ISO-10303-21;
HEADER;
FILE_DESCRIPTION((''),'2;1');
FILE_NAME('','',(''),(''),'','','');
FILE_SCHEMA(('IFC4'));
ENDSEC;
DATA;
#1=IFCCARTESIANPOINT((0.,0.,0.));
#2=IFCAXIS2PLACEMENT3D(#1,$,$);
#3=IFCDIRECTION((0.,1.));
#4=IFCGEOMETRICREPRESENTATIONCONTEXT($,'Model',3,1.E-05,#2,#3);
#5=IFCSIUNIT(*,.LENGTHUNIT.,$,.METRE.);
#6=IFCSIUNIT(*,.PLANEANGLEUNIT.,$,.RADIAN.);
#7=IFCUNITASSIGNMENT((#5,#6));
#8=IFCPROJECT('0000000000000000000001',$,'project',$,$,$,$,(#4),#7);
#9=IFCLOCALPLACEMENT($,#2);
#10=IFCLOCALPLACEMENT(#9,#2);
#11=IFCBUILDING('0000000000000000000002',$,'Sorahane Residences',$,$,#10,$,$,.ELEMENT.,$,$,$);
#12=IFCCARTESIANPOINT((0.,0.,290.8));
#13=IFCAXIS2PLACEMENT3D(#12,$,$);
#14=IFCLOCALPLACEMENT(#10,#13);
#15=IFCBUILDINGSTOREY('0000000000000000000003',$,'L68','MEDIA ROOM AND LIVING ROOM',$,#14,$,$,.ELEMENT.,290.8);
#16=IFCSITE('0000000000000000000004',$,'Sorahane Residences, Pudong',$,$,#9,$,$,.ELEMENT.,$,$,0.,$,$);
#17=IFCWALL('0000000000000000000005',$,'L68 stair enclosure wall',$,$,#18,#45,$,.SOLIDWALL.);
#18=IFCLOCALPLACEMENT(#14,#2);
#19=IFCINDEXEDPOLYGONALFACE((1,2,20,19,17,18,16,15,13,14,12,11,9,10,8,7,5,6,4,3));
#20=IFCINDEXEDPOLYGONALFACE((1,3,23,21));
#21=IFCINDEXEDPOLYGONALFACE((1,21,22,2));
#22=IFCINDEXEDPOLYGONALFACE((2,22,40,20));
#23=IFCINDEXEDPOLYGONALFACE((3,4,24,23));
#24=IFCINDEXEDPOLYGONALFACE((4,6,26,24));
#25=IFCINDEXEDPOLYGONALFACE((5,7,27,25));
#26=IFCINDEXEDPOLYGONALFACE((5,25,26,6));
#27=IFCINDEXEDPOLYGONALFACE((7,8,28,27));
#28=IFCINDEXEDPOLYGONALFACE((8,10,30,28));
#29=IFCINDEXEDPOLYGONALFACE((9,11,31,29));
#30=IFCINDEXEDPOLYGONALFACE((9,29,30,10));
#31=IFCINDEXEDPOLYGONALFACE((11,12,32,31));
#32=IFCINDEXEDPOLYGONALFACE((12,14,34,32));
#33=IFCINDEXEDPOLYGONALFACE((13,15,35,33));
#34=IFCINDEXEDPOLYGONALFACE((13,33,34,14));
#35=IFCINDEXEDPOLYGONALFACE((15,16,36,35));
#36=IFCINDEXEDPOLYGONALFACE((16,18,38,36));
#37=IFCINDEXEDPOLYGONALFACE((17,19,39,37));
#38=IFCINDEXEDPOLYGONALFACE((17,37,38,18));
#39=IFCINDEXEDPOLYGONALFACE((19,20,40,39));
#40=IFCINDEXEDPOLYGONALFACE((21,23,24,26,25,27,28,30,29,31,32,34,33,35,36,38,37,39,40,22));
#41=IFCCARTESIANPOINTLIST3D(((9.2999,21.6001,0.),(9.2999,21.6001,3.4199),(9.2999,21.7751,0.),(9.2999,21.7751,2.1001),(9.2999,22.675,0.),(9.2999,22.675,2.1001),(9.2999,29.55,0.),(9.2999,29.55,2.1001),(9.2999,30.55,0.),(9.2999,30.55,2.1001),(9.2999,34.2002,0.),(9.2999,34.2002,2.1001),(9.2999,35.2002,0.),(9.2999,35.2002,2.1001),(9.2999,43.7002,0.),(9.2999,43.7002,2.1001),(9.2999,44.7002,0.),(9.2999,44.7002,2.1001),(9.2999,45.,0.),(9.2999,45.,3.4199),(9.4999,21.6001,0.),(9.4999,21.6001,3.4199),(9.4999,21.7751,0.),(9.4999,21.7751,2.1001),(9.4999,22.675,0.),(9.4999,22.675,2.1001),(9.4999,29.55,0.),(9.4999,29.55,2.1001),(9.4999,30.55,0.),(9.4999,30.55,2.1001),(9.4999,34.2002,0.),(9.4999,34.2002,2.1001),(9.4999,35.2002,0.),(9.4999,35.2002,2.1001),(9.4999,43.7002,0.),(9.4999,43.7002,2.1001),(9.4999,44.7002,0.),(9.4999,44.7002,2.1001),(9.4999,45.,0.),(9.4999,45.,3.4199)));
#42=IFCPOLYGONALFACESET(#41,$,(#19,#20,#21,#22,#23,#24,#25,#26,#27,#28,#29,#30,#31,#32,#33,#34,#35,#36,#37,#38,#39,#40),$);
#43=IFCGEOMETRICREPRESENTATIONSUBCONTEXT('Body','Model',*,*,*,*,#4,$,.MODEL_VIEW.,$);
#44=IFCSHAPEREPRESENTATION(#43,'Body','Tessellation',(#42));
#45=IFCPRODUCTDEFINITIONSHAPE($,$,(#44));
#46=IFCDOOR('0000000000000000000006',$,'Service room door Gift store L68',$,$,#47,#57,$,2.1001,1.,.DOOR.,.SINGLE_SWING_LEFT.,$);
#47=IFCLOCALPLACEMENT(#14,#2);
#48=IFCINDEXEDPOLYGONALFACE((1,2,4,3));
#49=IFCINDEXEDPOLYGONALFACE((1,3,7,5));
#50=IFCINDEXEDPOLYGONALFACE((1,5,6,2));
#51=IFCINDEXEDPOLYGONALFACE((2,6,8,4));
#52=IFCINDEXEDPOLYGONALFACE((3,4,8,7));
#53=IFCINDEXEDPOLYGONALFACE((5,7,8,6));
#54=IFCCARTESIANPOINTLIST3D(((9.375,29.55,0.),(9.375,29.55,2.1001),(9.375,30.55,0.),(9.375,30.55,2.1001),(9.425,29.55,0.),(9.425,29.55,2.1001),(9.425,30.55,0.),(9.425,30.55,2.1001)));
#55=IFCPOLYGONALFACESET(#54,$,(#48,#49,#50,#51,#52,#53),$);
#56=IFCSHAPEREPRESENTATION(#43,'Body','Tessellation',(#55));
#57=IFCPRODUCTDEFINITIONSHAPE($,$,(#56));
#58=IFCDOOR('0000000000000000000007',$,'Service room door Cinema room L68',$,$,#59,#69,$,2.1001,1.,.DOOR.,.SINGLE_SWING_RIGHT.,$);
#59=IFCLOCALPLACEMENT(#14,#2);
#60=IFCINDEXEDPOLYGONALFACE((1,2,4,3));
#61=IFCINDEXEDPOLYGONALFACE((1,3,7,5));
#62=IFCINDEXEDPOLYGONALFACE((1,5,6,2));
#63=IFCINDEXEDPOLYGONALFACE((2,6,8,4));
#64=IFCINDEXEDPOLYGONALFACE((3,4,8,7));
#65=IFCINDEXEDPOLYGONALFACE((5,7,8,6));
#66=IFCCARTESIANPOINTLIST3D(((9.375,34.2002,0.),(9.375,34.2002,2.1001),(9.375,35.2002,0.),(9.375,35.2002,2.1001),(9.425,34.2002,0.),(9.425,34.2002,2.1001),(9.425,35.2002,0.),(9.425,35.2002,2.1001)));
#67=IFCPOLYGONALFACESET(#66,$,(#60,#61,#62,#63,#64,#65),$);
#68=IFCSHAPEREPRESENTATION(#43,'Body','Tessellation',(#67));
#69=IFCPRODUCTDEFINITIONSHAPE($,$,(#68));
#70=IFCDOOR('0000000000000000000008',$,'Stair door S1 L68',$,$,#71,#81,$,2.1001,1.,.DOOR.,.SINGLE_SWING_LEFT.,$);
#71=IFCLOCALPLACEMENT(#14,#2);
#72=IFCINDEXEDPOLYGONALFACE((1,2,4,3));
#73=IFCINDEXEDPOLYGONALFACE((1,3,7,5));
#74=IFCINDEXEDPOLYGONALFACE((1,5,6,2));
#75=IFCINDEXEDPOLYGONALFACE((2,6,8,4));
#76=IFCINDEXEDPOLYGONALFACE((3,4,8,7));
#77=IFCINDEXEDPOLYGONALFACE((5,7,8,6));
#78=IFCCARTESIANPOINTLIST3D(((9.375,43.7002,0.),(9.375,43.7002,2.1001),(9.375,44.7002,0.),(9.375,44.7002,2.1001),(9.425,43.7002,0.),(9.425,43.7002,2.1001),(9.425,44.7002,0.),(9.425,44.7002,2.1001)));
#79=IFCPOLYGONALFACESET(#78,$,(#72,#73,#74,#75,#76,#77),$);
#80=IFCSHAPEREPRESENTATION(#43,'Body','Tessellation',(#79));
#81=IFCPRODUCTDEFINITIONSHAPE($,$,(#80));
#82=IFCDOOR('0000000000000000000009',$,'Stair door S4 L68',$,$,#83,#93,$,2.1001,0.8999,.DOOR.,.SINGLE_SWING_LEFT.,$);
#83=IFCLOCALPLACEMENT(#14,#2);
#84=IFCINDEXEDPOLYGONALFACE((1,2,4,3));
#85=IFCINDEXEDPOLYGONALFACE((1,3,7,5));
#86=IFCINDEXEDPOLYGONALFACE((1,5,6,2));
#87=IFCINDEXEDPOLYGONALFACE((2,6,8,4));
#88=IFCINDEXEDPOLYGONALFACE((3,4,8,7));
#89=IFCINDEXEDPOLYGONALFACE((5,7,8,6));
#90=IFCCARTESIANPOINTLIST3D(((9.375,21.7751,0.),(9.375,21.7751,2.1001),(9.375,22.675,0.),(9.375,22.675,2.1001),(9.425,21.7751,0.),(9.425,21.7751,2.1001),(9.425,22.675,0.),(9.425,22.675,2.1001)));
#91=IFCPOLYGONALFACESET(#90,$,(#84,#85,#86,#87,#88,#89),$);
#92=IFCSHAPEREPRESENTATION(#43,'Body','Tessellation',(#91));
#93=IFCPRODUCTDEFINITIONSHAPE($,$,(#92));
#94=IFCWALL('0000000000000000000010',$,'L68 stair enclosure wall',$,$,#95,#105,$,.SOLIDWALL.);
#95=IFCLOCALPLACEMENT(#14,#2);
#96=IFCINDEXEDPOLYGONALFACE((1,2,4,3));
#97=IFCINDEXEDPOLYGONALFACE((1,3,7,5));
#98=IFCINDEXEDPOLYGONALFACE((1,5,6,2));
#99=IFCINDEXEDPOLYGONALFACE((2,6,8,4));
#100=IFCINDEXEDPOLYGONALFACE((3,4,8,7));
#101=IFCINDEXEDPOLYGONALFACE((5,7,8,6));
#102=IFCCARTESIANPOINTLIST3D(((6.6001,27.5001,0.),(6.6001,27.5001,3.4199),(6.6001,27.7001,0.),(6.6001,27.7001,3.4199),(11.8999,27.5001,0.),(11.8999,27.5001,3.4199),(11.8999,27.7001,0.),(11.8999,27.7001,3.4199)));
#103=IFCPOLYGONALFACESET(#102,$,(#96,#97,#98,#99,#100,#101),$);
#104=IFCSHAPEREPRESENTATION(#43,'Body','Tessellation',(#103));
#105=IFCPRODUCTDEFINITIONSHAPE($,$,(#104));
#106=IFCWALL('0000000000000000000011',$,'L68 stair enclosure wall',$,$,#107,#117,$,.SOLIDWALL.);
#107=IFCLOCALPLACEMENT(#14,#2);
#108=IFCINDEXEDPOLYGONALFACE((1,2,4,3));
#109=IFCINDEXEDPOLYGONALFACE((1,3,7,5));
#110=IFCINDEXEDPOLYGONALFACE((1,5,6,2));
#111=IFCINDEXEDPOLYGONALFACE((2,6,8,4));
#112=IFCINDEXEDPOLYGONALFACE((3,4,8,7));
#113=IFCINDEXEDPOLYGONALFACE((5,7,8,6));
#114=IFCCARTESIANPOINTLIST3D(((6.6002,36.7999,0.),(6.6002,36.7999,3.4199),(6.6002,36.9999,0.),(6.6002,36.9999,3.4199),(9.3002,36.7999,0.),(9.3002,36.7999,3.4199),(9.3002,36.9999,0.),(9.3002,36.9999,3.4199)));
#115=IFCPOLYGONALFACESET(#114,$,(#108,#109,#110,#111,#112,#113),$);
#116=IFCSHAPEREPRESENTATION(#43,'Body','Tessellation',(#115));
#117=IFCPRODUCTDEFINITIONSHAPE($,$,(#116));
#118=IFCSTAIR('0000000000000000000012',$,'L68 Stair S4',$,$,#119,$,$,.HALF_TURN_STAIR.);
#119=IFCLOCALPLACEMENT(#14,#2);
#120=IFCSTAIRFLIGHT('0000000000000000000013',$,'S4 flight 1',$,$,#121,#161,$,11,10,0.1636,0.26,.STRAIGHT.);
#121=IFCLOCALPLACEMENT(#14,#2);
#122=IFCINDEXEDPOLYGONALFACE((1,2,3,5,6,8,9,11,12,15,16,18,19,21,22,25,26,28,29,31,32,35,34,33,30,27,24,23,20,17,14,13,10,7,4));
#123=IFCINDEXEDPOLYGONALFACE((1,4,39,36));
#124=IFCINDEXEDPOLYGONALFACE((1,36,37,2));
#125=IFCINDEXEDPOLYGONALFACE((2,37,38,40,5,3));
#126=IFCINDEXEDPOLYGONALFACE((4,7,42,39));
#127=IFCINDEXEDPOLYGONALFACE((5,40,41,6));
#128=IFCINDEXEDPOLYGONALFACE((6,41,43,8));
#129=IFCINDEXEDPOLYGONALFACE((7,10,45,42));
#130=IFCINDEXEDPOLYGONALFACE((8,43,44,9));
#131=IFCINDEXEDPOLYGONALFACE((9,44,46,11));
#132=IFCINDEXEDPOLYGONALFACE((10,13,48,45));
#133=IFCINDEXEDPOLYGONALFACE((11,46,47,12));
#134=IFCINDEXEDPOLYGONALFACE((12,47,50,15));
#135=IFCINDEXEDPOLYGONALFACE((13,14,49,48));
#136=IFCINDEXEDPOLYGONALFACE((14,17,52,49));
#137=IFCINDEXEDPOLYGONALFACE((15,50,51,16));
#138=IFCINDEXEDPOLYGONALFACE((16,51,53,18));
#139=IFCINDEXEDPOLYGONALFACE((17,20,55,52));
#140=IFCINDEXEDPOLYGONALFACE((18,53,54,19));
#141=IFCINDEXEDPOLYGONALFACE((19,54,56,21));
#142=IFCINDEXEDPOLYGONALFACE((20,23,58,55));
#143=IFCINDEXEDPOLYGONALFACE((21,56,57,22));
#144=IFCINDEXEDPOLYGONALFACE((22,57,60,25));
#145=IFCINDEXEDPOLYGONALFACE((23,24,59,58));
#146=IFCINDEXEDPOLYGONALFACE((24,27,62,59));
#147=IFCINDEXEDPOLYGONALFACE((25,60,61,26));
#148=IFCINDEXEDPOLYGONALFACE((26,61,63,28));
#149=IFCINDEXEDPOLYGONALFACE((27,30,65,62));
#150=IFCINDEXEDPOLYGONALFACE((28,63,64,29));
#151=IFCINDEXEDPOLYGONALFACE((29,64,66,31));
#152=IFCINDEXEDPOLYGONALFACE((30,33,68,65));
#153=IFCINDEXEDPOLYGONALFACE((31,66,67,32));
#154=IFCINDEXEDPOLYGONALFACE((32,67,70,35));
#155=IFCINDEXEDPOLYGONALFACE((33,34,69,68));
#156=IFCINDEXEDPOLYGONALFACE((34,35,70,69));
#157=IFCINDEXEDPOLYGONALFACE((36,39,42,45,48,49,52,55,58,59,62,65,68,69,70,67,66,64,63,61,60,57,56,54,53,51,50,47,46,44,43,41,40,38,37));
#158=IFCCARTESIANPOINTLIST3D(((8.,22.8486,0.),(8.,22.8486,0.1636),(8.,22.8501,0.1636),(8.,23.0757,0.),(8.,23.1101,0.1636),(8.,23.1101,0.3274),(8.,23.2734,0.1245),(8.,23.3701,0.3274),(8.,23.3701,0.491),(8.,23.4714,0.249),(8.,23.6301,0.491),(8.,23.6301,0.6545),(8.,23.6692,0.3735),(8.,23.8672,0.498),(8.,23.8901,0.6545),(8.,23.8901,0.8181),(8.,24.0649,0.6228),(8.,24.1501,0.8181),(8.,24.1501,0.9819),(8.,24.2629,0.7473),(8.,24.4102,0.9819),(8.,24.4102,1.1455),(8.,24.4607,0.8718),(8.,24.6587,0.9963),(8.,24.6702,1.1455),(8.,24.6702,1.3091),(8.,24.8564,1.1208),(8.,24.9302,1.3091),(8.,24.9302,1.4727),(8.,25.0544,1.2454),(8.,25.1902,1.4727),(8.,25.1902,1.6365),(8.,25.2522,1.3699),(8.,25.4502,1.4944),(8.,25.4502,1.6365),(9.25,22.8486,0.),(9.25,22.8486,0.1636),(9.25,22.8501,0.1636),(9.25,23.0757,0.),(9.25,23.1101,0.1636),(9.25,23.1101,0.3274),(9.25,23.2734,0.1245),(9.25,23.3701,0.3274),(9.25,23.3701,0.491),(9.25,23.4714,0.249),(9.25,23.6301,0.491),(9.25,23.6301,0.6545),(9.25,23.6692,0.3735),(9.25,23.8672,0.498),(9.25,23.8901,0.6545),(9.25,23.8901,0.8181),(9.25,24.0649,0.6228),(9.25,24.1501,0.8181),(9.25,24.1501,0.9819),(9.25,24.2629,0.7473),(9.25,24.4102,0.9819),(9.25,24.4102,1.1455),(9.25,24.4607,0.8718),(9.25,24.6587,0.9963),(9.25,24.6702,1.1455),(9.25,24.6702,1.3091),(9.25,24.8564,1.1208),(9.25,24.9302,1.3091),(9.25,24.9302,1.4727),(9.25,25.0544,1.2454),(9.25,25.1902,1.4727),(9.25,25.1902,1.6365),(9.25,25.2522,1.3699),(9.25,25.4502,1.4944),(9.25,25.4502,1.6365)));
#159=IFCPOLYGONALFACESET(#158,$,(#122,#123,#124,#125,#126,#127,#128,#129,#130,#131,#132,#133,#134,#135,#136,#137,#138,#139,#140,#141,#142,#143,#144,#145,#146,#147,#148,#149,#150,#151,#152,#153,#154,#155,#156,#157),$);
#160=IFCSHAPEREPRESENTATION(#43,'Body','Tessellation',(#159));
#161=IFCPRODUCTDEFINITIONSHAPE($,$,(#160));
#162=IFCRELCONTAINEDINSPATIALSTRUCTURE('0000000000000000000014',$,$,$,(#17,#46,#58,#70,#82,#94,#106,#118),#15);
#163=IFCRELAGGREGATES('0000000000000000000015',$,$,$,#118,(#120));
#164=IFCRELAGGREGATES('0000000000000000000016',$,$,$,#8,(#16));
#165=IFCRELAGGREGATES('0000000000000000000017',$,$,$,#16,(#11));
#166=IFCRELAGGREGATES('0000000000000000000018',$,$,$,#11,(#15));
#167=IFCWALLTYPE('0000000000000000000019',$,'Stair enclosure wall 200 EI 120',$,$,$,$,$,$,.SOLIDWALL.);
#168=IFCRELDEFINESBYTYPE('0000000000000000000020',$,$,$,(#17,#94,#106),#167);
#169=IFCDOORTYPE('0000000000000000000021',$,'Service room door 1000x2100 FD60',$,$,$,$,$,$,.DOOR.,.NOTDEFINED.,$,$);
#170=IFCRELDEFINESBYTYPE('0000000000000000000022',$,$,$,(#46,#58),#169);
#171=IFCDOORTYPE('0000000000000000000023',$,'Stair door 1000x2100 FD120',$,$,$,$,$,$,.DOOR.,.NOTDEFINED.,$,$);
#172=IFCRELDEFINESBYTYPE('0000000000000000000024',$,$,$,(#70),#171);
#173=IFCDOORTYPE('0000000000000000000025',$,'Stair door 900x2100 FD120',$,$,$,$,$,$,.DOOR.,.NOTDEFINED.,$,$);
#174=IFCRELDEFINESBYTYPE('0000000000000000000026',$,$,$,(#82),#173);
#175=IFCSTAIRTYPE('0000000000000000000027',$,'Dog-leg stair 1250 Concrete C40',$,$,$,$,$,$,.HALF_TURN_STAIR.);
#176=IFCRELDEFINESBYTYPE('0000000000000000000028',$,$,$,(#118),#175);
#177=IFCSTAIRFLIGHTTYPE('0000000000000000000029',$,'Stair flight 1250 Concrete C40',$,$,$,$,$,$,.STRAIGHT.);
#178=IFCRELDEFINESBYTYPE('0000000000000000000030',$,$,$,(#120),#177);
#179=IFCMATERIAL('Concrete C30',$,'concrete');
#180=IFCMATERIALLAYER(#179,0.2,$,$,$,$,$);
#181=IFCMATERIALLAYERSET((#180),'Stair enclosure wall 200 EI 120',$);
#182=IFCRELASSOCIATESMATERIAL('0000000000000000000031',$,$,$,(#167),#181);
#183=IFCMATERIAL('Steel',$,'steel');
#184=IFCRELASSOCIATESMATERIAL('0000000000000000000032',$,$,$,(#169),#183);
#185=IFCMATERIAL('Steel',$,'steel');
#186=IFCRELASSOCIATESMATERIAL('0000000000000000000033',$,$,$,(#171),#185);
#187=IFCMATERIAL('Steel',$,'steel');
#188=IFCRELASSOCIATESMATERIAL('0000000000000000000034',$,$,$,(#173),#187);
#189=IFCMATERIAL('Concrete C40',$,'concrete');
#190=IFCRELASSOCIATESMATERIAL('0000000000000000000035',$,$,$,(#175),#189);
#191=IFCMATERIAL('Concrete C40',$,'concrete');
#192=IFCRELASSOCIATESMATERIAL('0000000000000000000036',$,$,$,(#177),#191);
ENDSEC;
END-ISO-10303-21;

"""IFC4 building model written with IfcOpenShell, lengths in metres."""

from ifc_helpers import new_model, si_unit, direction, frame, frame_2d, origin, place, context, subcontext, project, spatial, polyline, rectangle, outline, extrude, material, layer, layer_set, type_object, element, fill, aggregate, save


model = new_model("IFC4")

# Units and contexts
model_context = context("Model", 3, precision=1e-05, world=origin(), true_north=direction((0.0, 1.0)))
body_context = subcontext(model_context, "Body", "Model", "MODEL_VIEW")
ifc_project = project(units=[si_unit("LENGTHUNIT", "METRE"), si_unit("PLANEANGLEUNIT", "RADIAN")], contexts=[model_context])

# Site, building, storey
site_placement = place(None, origin())
site = spatial("IfcSite", under=ifc_project, at=site_placement, Name="Sorahane Residences, Pudong", CompositionType="ELEMENT", RefElevation=0.0)
building_placement = place(site_placement, origin())
building = spatial("IfcBuilding", under=site, at=building_placement, Name="Sorahane Residences", CompositionType="ELEMENT")
storey_placement = place(building_placement, frame((0.0, 0.0, 290.8)))
storey = spatial("IfcBuildingStorey", under=building, at=storey_placement, Name="L68", Description="MEDIA ROOM AND LIVING ROOM", CompositionType="ELEMENT", Elevation=290.8)

# Wall, openings, doors
ifc_material_1 = material(Name="Concrete C30", Category="concrete")
ifc_layer_1 = layer(ifc_material_1, 0.2)
ifc_layer_set_1 = layer_set([ifc_layer_1], Name="Stair enclosure wall 200 EI 120")
wall_type_1 = type_object("IfcWallType", Name="Stair enclosure wall 200 EI 120", PredefinedType="SOLIDWALL", material=ifc_layer_set_1)
wall_1_placement = place(storey_placement, frame((9.3999, 21.6001, 0.0), z_axis=(0.0, 0.0, 1.0), x_axis=(0.0, 1.0, 0.0)))
wall_1 = element("IfcWall", 1, at=wall_1_placement, inside=storey, type_object=wall_type_1, Name="L68 stair enclosure wall", PredefinedType="SOLIDWALL", context=body_context, shape_type="SweptSolid", body=[
    extrude(rectangle(XDim=23.3999, YDim=0.2, at=frame_2d((11.7, 0.0))), origin(), (0.0, 0.0, 1.0), 3.4199),
])
opening_1_placement = place(wall_1_placement, frame((7.95, 0.0, 0.0)))
opening_1 = element("IfcOpeningElement", 2, at=opening_1_placement, cuts=wall_1, PredefinedType="OPENING", context=body_context, shape_type="SweptSolid", body=[
    extrude(rectangle(XDim=1.0, YDim=2.1001, at=frame_2d((0.5, 1.05))), frame((0.0, 0.1099, 0.0), z_axis=(0.0, -1.0, 0.0), x_axis=(1.0, 0.0, 0.0)), (0.0, 0.0, 1.0), 0.22),
])
opening_2_placement = place(wall_1_placement, frame((12.6001, 0.0, 0.0)))
opening_2 = element("IfcOpeningElement", 3, at=opening_2_placement, cuts=wall_1, PredefinedType="OPENING", context=body_context, shape_type="SweptSolid", body=[
    extrude(rectangle(XDim=1.0, YDim=2.1001, at=frame_2d((0.5, 1.05))), frame((0.0, 0.1099, 0.0), z_axis=(0.0, -1.0, 0.0), x_axis=(1.0, 0.0, 0.0)), (0.0, 0.0, 1.0), 0.22),
])
opening_3_placement = place(wall_1_placement, frame((22.1001, 0.0, 0.0)))
opening_3 = element("IfcOpeningElement", 4, at=opening_3_placement, cuts=wall_1, PredefinedType="OPENING", context=body_context, shape_type="SweptSolid", body=[
    extrude(rectangle(XDim=1.0, YDim=2.1001, at=frame_2d((0.5, 1.05))), frame((0.0, 0.1099, 0.0), z_axis=(0.0, -1.0, 0.0), x_axis=(1.0, 0.0, 0.0)), (0.0, 0.0, 1.0), 0.22),
])
opening_4_placement = place(wall_1_placement, frame((0.175, 0.0, 0.0)))
opening_4 = element("IfcOpeningElement", 5, at=opening_4_placement, cuts=wall_1, PredefinedType="OPENING", context=body_context, shape_type="SweptSolid", body=[
    extrude(rectangle(XDim=0.8999, YDim=2.1001, at=frame_2d((0.45, 1.05))), frame((0.0, 0.1099, 0.0), z_axis=(0.0, -1.0, 0.0), x_axis=(1.0, 0.0, 0.0)), (0.0, 0.0, 1.0), 0.22),
])
ifc_material_2 = material(Name="Steel", Category="steel")
door_type_1 = type_object("IfcDoorType", Name="Service room door 1000x2100 FD60", OperationType="NOTDEFINED", PredefinedType="DOOR", material=ifc_material_2)
door_1_placement = place(opening_1_placement, origin())
door_1 = element("IfcDoor", 6, at=door_1_placement, inside=storey, type_object=door_type_1, Name="Service room door Gift store L68", OperationType="SINGLE_SWING_LEFT", OverallHeight=2.1001, OverallWidth=1.0, PredefinedType="DOOR", context=body_context, shape_type="SweptSolid", body=[
    extrude(rectangle(XDim=1.0, YDim=2.1001, at=frame_2d((0.5, 1.05))), frame((0.0, 0.0249, 0.0), z_axis=(0.0, -1.0, 0.0), x_axis=(1.0, 0.0, 0.0)), (0.0, 0.0, 1.0), 0.05),
])
fill(opening_1, door_1)
door_2_placement = place(opening_2_placement, origin())
door_2 = element("IfcDoor", 7, at=door_2_placement, inside=storey, type_object=door_type_1, Name="Service room door Cinema room L68", OperationType="SINGLE_SWING_RIGHT", OverallHeight=2.1001, OverallWidth=1.0, PredefinedType="DOOR", context=body_context, shape_type="SweptSolid", body=[
    extrude(rectangle(XDim=1.0, YDim=2.1001, at=frame_2d((0.5, 1.05))), frame((0.0, 0.0249, 0.0), z_axis=(0.0, -1.0, 0.0), x_axis=(1.0, 0.0, 0.0)), (0.0, 0.0, 1.0), 0.05),
])
fill(opening_2, door_2)
ifc_material_3 = material(Name="Steel", Category="steel")
door_type_2 = type_object("IfcDoorType", Name="Stair door 1000x2100 FD120", OperationType="NOTDEFINED", PredefinedType="DOOR", material=ifc_material_3)
door_3_placement = place(opening_3_placement, origin())
door_3 = element("IfcDoor", 8, at=door_3_placement, inside=storey, type_object=door_type_2, Name="Stair door S1 L68", OperationType="SINGLE_SWING_LEFT", OverallHeight=2.1001, OverallWidth=1.0, PredefinedType="DOOR", context=body_context, shape_type="SweptSolid", body=[
    extrude(rectangle(XDim=1.0, YDim=2.1001, at=frame_2d((0.5, 1.05))), frame((0.0, 0.0249, 0.0), z_axis=(0.0, -1.0, 0.0), x_axis=(1.0, 0.0, 0.0)), (0.0, 0.0, 1.0), 0.05),
])
fill(opening_3, door_3)
ifc_material_4 = material(Name="Steel", Category="steel")
door_type_3 = type_object("IfcDoorType", Name="Stair door 900x2100 FD120", OperationType="NOTDEFINED", PredefinedType="DOOR", material=ifc_material_4)
door_4_placement = place(opening_4_placement, origin())
door_4 = element("IfcDoor", 9, at=door_4_placement, inside=storey, type_object=door_type_3, Name="Stair door S4 L68", OperationType="SINGLE_SWING_LEFT", OverallHeight=2.1001, OverallWidth=0.8999, PredefinedType="DOOR", context=body_context, shape_type="SweptSolid", body=[
    extrude(rectangle(XDim=0.8999, YDim=2.1001, at=frame_2d((0.45, 1.05))), frame((0.0, 0.0249, 0.0), z_axis=(0.0, -1.0, 0.0), x_axis=(1.0, 0.0, 0.0)), (0.0, 0.0, 1.0), 0.05),
])
fill(opening_4, door_4)

# Walls
wall_2_placement = place(storey_placement, frame((6.6001, 27.6001, 0.0), z_axis=(0.0, 0.0, 1.0), x_axis=(1.0, 0.0, 0.0)))
element("IfcWall", 10, at=wall_2_placement, inside=storey, type_object=wall_type_1, Name="L68 stair enclosure wall", PredefinedType="SOLIDWALL", context=body_context, shape_type="SweptSolid", body=[
    extrude(rectangle(XDim=5.2998, YDim=0.2, at=frame_2d((2.6499, 0.0))), origin(), (0.0, 0.0, 1.0), 3.4199),
])
wall_3_placement = place(storey_placement, frame((6.6001, 36.8999, 0.0), z_axis=(0.0, 0.0, 1.0), x_axis=(1.0, 0.0, 0.0)))
element("IfcWall", 11, at=wall_3_placement, inside=storey, type_object=wall_type_1, Name="L68 stair enclosure wall", PredefinedType="SOLIDWALL", context=body_context, shape_type="SweptSolid", body=[
    extrude(rectangle(XDim=2.7, YDim=0.2, at=frame_2d((1.3501, 0.0))), origin(), (0.0, 0.0, 1.0), 3.4199),
])

# Stair, stair flight
ifc_material_5 = material(Name="Concrete C40", Category="concrete")
stair_type = type_object("IfcStairType", Name="Dog-leg stair 1250 Concrete C40", PredefinedType="HALF_TURN_STAIR", material=ifc_material_5)
stair_placement = place(storey_placement, origin())
stair = element("IfcStair", 12, at=stair_placement, inside=storey, type_object=stair_type, Name="L68 Stair S4", PredefinedType="HALF_TURN_STAIR")
ifc_material_6 = material(Name="Concrete C40", Category="concrete")
stair_flight_type = type_object("IfcStairFlightType", Name="Stair flight 1250 Concrete C40", PredefinedType="STRAIGHT", material=ifc_material_6)
stair_flight_1_placement = place(storey_placement, frame((8.625, 22.8501, 0.0), z_axis=(0.0, 0.0, 1.0), x_axis=(0.0, 1.0, 0.0)))
stair_flight_1 = element("IfcStairFlight", 13, at=stair_flight_1_placement, type_object=stair_flight_type, Name="S4 flight 1", NumberOfRisers=11, NumberOfTreads=10, PredefinedType="STRAIGHT", RiserHeight=0.1636, TreadLength=0.26, context=body_context, shape_type="SweptSolid", body=[
    extrude(outline(polyline([(-0.0015, 0.0), (-0.0015, 0.1636), (0.0, 0.1636), (0.26, 0.1636), (0.26, 0.3274), (0.52, 0.3274), (0.52, 0.491), (0.78, 0.491), (0.78, 0.6545), (1.04, 0.6545), (1.04, 0.8181), (1.3, 0.8181), (1.3, 0.9819), (1.5601, 0.9819), (1.5601, 1.1455), (1.8201, 1.1455), (1.8201, 1.3091), (2.0801, 1.3091), (2.0801, 1.4727), (2.3401, 1.4727), (2.3401, 1.6365), (2.6001, 1.6365), (2.6001, 1.8), (2.6001, 1.4944), (2.4021, 1.3699), (2.2043, 1.2454), (2.0063, 1.1208), (1.8086, 0.9963), (1.6106, 0.8718), (1.4128, 0.7473), (1.2148, 0.6228), (1.0171, 0.498), (0.8191, 0.3735), (0.6213, 0.249), (0.4233, 0.1245), (0.2256, 0.0), (-0.0015, 0.0)])), frame((0.0, 0.625, 0.0), z_axis=(0.0, -1.0, 0.0), x_axis=(1.0, 0.0, 0.0)), (0.0, 0.0, 1.0), 1.25),
])
aggregate(stair, [stair_flight_1])

save(model, "model.ifc")
